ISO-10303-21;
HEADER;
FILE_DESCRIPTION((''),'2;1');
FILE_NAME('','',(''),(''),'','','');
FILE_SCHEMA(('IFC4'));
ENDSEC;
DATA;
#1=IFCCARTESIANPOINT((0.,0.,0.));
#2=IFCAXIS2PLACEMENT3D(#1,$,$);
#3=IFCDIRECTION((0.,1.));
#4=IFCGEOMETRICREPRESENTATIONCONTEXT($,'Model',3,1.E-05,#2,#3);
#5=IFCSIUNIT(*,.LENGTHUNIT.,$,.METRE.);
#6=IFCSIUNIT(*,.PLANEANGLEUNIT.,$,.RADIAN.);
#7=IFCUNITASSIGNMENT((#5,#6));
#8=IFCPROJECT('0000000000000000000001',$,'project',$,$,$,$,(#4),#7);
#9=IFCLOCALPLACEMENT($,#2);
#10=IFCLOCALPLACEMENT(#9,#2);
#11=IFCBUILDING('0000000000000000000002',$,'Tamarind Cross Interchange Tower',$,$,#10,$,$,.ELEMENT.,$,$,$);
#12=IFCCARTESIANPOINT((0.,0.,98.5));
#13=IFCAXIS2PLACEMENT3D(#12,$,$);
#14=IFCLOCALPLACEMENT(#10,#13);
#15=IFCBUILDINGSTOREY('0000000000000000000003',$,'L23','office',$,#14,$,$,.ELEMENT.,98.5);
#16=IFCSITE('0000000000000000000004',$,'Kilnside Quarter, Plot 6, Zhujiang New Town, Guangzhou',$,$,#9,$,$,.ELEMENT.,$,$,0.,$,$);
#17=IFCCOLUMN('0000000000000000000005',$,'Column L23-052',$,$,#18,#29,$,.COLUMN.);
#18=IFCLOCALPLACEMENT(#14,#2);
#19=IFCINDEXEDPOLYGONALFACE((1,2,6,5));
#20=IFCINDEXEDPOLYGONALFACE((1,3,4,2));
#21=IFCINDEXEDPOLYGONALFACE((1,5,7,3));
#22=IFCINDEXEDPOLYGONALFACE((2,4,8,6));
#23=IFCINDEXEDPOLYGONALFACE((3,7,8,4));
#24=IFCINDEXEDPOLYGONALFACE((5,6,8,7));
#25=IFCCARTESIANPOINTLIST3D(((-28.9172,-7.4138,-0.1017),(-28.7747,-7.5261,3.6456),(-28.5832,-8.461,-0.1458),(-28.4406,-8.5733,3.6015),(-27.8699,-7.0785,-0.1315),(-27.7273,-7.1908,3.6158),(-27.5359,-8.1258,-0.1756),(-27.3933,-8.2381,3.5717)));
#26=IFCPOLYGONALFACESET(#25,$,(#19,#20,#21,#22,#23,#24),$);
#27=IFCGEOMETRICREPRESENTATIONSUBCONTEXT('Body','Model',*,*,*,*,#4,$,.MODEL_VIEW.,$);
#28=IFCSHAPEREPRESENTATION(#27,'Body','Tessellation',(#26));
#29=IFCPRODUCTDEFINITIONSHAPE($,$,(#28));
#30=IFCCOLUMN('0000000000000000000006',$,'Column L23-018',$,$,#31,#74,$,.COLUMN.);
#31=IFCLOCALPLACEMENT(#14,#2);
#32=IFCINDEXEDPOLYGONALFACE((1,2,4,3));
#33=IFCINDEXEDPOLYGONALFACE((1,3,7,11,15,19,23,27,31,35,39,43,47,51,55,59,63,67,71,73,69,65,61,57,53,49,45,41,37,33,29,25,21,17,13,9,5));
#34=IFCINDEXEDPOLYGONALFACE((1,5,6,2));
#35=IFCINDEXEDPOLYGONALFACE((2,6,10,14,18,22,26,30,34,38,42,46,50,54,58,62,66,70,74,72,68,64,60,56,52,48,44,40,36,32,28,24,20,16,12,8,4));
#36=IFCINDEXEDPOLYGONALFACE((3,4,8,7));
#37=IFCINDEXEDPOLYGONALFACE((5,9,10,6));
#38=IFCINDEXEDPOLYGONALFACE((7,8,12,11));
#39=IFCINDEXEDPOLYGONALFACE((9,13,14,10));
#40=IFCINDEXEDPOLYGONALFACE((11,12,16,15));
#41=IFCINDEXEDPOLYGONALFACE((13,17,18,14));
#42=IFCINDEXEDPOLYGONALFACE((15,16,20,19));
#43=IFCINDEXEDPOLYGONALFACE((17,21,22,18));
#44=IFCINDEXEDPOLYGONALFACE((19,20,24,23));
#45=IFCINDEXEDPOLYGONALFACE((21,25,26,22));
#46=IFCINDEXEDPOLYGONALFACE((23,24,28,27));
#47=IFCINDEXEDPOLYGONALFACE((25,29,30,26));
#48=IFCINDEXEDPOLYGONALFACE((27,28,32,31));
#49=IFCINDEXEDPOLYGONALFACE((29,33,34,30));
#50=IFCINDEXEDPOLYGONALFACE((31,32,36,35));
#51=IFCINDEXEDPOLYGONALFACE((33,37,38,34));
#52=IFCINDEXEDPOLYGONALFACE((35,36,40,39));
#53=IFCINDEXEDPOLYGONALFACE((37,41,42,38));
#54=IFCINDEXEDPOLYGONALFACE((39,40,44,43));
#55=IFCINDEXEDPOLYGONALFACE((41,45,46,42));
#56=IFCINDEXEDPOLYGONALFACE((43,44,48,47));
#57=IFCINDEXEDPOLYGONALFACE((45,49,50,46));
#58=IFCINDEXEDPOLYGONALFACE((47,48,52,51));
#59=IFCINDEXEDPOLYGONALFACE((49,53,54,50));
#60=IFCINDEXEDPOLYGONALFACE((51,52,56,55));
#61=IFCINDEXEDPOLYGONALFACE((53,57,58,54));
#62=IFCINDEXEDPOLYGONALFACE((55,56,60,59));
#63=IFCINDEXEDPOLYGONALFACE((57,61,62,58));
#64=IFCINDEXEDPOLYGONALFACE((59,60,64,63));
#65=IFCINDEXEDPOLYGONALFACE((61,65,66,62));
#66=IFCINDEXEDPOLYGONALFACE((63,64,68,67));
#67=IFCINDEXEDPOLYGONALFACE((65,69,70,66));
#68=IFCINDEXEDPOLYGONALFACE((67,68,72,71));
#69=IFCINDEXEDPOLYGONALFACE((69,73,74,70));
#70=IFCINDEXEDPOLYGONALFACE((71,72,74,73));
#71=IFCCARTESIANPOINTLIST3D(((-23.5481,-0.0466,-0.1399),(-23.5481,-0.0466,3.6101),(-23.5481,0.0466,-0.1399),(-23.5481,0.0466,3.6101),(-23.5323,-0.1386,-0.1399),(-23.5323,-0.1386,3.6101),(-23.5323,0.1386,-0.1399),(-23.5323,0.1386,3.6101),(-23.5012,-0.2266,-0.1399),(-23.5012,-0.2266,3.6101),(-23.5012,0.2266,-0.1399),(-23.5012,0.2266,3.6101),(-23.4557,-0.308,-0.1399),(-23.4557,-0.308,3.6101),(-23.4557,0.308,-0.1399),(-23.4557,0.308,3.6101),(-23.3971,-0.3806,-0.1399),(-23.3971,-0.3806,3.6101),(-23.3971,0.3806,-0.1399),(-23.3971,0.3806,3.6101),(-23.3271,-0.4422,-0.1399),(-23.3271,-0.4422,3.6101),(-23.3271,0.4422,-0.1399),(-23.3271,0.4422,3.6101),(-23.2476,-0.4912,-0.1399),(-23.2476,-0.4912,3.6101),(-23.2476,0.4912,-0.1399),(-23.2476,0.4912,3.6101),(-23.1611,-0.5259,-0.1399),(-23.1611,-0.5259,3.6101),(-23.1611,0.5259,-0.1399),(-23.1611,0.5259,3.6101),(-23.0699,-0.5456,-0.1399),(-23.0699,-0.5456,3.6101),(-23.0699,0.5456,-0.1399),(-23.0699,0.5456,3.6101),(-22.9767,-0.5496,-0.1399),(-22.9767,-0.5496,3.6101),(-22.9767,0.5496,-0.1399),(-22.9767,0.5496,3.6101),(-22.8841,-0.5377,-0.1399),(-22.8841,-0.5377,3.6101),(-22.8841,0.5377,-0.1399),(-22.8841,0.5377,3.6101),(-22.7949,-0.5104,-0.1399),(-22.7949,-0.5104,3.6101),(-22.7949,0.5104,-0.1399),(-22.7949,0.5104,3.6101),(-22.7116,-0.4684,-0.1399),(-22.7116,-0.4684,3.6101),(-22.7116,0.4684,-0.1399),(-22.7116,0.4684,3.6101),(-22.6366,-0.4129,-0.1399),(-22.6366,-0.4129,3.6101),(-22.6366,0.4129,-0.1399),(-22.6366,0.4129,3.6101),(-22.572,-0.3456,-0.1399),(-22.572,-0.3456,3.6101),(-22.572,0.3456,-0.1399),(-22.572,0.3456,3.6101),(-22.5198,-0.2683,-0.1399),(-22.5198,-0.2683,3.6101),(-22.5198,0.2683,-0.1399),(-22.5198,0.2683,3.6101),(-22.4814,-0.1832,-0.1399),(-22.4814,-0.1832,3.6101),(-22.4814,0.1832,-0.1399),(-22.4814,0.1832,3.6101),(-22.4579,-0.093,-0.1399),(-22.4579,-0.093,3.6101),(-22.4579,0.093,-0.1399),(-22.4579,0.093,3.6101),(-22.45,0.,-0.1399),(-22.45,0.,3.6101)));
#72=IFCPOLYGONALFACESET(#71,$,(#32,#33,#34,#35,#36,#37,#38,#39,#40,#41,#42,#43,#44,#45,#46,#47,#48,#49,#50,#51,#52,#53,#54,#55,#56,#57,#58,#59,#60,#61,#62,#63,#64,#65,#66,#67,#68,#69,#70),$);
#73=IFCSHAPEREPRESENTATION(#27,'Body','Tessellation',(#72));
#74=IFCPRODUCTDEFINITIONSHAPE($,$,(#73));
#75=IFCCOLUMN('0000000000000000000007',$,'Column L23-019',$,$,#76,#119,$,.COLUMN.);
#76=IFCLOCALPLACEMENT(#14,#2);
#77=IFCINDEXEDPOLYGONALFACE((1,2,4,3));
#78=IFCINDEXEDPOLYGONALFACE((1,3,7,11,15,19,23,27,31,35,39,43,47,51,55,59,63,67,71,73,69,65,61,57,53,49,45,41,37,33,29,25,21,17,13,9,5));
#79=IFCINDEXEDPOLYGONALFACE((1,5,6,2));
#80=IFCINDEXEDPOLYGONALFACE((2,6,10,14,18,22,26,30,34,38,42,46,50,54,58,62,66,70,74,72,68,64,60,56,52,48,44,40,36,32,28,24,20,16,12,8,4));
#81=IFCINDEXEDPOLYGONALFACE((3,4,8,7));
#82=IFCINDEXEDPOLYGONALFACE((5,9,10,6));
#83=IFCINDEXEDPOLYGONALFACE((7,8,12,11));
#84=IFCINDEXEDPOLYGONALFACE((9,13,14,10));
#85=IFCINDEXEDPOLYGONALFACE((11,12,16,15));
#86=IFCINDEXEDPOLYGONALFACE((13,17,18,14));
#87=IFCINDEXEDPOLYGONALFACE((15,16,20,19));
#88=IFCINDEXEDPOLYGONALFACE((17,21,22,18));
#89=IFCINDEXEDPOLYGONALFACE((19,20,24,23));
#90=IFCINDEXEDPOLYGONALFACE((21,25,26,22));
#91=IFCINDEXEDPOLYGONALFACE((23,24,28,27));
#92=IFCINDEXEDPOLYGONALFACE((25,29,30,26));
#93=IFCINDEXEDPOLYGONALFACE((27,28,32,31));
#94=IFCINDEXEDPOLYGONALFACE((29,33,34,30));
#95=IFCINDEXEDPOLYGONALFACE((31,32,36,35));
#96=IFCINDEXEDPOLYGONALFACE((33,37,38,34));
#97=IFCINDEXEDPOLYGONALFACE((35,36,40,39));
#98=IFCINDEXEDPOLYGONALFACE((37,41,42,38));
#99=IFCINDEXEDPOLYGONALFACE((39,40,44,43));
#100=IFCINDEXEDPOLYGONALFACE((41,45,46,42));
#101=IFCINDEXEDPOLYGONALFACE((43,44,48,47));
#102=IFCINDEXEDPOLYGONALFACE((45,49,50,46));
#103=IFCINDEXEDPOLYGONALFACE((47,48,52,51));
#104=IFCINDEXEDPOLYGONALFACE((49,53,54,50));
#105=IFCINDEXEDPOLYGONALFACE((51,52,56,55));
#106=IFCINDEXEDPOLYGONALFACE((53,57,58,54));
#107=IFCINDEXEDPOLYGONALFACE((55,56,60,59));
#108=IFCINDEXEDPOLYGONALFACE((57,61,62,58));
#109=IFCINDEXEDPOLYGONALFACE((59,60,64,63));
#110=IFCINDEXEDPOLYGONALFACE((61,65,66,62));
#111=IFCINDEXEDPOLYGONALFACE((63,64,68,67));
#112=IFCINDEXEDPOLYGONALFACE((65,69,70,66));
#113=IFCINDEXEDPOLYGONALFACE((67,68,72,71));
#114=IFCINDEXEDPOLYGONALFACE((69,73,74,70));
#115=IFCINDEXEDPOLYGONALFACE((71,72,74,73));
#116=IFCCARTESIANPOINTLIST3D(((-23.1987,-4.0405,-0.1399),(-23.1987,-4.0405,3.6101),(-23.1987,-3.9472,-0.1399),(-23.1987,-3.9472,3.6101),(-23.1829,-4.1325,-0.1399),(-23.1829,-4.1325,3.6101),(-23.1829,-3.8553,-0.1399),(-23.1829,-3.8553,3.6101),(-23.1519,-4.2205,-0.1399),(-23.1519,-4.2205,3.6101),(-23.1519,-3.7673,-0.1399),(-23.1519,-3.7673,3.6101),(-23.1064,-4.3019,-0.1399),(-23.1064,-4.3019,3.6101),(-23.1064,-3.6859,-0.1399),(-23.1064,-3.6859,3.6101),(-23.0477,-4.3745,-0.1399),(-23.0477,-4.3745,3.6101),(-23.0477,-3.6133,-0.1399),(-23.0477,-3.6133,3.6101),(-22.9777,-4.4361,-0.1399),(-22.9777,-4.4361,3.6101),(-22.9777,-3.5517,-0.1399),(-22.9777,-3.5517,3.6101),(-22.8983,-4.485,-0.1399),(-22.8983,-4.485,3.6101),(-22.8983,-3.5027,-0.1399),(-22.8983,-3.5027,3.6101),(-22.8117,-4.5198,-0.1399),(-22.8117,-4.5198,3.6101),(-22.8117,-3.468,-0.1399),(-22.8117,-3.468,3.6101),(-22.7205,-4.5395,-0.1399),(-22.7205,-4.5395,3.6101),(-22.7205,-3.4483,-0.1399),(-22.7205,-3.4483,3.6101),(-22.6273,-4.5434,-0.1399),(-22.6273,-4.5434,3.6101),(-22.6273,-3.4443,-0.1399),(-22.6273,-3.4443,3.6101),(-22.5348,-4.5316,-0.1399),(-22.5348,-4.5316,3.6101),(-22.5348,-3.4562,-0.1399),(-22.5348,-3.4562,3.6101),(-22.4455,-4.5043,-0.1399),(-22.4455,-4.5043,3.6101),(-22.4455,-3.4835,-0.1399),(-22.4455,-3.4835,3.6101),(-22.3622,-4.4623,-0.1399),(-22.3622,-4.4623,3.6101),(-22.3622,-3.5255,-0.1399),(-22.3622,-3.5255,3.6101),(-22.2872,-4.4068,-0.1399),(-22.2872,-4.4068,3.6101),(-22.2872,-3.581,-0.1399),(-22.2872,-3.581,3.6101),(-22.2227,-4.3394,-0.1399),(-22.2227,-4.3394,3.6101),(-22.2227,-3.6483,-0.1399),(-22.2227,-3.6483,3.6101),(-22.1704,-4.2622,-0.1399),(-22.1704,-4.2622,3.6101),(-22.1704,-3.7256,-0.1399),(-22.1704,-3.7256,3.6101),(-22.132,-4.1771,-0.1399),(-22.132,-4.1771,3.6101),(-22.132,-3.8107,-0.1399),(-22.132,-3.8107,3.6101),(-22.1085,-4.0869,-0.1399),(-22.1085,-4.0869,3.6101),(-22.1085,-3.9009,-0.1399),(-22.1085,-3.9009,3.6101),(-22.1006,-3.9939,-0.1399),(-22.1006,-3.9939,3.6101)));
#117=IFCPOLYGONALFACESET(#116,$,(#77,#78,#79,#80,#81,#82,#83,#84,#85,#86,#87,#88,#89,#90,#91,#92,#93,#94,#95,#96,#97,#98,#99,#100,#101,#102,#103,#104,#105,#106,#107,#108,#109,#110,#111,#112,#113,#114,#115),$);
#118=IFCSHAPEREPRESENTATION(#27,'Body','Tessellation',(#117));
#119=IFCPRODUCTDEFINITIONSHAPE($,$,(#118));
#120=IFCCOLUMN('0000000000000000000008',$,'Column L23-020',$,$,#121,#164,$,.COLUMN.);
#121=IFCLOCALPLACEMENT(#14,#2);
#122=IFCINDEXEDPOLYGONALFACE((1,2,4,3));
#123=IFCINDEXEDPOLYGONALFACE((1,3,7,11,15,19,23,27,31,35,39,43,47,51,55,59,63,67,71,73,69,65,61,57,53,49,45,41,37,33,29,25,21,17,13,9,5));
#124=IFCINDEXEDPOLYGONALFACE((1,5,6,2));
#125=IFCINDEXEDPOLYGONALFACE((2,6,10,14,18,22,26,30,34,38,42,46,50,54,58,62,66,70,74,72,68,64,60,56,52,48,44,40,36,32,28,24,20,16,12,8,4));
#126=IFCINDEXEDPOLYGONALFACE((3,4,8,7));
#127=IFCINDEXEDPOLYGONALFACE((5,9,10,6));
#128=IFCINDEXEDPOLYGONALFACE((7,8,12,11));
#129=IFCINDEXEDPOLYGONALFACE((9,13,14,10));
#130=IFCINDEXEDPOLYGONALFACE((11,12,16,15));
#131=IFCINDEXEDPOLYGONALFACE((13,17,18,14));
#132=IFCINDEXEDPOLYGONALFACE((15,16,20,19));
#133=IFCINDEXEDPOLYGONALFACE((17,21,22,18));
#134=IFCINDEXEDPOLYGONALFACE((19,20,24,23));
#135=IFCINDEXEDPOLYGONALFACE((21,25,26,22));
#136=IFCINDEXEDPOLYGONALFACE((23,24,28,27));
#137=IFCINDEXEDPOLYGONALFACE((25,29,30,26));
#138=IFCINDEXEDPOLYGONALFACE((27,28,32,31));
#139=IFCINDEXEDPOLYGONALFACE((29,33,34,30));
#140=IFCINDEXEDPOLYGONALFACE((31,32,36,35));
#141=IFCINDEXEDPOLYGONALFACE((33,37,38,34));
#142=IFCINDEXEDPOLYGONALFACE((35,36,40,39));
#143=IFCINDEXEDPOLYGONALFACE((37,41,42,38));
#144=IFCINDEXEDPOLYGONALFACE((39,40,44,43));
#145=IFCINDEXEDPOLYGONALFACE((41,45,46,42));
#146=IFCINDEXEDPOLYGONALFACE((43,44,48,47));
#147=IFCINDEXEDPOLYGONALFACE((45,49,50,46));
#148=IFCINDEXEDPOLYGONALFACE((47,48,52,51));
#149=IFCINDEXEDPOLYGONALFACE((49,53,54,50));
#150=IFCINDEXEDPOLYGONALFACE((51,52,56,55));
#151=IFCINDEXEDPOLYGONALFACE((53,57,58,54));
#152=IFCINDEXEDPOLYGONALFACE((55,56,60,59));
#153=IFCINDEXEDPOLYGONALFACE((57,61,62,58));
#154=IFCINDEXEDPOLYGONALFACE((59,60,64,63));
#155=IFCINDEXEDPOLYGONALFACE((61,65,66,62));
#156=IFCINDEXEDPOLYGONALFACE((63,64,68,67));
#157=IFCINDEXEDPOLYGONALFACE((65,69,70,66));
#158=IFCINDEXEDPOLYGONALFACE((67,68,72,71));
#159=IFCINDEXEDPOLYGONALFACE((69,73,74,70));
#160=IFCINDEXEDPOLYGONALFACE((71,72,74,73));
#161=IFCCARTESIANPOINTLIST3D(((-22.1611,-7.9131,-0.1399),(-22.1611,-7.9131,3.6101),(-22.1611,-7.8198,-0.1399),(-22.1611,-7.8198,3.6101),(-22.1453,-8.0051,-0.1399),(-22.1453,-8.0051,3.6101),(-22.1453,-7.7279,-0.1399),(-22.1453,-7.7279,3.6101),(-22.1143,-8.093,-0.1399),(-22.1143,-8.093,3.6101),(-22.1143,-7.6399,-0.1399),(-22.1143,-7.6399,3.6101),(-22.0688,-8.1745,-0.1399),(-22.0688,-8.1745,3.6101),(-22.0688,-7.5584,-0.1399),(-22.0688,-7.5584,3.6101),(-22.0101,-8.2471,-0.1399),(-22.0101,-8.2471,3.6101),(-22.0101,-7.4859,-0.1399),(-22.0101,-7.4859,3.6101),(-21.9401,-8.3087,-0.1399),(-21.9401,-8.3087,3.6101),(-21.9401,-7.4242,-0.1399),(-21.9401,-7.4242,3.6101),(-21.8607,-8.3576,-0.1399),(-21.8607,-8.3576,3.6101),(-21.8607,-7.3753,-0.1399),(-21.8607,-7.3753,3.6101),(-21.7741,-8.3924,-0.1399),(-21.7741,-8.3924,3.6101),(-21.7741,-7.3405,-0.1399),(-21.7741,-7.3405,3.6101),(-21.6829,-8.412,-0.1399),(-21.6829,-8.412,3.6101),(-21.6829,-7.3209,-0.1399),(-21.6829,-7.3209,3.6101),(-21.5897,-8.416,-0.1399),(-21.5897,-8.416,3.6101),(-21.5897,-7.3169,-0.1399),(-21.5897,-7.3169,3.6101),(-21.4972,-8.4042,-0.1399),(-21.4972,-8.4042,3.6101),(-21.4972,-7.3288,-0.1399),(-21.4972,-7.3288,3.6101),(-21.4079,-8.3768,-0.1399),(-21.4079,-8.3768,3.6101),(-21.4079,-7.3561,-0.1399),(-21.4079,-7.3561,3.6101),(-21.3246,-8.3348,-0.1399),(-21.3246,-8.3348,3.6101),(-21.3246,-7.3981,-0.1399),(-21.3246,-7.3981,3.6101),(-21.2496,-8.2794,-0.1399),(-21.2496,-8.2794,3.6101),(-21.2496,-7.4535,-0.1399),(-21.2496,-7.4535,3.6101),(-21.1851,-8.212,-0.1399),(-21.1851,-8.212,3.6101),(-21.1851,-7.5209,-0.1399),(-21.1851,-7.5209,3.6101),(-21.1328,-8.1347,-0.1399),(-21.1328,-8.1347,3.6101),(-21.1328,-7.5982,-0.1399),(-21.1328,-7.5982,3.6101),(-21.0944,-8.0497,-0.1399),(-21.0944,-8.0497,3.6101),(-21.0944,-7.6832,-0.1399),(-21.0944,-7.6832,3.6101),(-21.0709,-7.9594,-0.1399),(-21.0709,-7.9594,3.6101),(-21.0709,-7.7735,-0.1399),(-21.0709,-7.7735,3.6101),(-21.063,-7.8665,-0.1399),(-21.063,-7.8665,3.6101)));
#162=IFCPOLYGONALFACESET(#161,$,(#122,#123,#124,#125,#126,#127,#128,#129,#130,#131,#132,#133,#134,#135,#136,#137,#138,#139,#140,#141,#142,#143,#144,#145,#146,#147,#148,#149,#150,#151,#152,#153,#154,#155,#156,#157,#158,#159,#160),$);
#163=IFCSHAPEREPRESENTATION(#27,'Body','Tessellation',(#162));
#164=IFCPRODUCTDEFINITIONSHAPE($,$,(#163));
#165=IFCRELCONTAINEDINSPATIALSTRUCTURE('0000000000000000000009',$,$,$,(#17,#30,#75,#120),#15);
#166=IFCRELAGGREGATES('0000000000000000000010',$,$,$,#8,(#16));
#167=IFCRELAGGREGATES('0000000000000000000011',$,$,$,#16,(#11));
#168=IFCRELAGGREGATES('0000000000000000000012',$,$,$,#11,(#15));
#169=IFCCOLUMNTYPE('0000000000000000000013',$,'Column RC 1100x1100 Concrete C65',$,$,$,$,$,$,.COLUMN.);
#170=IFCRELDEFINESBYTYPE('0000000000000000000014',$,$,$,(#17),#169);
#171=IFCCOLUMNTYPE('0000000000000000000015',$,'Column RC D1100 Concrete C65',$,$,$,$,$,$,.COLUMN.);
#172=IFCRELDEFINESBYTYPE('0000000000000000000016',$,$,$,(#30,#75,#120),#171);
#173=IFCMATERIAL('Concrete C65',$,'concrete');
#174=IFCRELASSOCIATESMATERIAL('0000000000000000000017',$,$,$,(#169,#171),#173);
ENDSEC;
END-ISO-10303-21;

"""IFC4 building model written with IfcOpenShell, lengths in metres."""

from ifc_helpers import new_model, si_unit, direction, frame, origin, origin_2d, place, context, subcontext, project, spatial, rectangle, circle, extrude, material, material_profile, profile_set, type_object, element, save


model = new_model("IFC4")

# Units and contexts
model_context = context("Model", 3, precision=1e-05, world=origin(), true_north=direction((0.0, 1.0)))
body_context = subcontext(model_context, "Body", "Model", "MODEL_VIEW")
ifc_project = project(units=[si_unit("LENGTHUNIT", "METRE"), si_unit("PLANEANGLEUNIT", "RADIAN")], contexts=[model_context])

# Site, building, storey
site_placement = place(None, origin())
site = spatial("IfcSite", under=ifc_project, at=site_placement, Name="Kilnside Quarter, Plot 6, Zhujiang New Town, Guangzhou", CompositionType="ELEMENT", RefElevation=0.0)
building_placement = place(site_placement, origin())
building = spatial("IfcBuilding", under=site, at=building_placement, Name="Tamarind Cross Interchange Tower", CompositionType="ELEMENT")
storey_placement = place(building_placement, frame((0.0, 0.0, 98.5)))
storey = spatial("IfcBuildingStorey", under=building, at=storey_placement, Name="L23", Description="office", CompositionType="ELEMENT", Elevation=98.5)

# Columns
ifc_material_1 = material(Name="Concrete C65", Category="concrete")
ifc_material_profile_1 = material_profile(ifc_material_1, rectangle(XDim=1.1001, YDim=1.1001, at=origin_2d()), Name="RC 1100x1100")
ifc_profile_set_1 = profile_set([ifc_material_profile_1], Name="Concrete C65")
column_type_1 = type_object("IfcColumnType", Name="Column RC 1100x1100 Concrete C65", PredefinedType="COLUMN", material=ifc_profile_set_1)
column_placement = place(storey_placement, frame((-28.2266, -7.7698, -0.1387), z_axis=(0.038004, -0.029934, 0.998829), x_axis=(-0.303614, 0.951952, 0.040081)))
element("IfcColumn", 1, at=column_placement, inside=storey, type_object=column_type_1, Name="Column L23-052", PredefinedType="COLUMN", context=body_context, shape_type="SweptSolid", body=[
    extrude(rectangle(XDim=1.1001, YDim=1.1001, at=origin_2d()), origin(), (0.0, 0.0, 1.0), 3.7517),
])
ifc_material_profile_2 = material_profile(ifc_material_1, circle(Radius=0.55, at=origin_2d()), Name="RC D1100")
ifc_profile_set_2 = profile_set([ifc_material_profile_2], Name="Concrete C65")
column_type_2 = type_object("IfcColumnType", Name="Column RC D1100 Concrete C65", PredefinedType="COLUMN", material=ifc_profile_set_2)
for number, where, z_axis, x_axis, name in (
    (2, (-23.0, 0.0, -0.1399), (0.0, 0.0, 1.0), (1.0, 0.0, 0.0), "Column L23-018"),
    (3, (-22.6506, -3.9939, -0.1399), (0.0, 0.0, 1.0), (1.0, 0.0, 0.0), "Column L23-019"),
    (4, (-21.613, -7.8665, -0.1399), (0.0, 0.0, 1.0), (1.0, 0.0, 0.0), "Column L23-020"),
):
    element("IfcColumn", number, at=place(storey_placement, frame(where, z_axis=z_axis, x_axis=x_axis)), inside=storey, type_object=column_type_2, Name=name, PredefinedType="COLUMN", context=body_context, shape_type="SweptSolid", body=[
        extrude(circle(Radius=0.55, at=origin_2d()), origin(), (0.0, 0.0, 1.0), 3.75),
    ])

save(model, "model.ifc")
